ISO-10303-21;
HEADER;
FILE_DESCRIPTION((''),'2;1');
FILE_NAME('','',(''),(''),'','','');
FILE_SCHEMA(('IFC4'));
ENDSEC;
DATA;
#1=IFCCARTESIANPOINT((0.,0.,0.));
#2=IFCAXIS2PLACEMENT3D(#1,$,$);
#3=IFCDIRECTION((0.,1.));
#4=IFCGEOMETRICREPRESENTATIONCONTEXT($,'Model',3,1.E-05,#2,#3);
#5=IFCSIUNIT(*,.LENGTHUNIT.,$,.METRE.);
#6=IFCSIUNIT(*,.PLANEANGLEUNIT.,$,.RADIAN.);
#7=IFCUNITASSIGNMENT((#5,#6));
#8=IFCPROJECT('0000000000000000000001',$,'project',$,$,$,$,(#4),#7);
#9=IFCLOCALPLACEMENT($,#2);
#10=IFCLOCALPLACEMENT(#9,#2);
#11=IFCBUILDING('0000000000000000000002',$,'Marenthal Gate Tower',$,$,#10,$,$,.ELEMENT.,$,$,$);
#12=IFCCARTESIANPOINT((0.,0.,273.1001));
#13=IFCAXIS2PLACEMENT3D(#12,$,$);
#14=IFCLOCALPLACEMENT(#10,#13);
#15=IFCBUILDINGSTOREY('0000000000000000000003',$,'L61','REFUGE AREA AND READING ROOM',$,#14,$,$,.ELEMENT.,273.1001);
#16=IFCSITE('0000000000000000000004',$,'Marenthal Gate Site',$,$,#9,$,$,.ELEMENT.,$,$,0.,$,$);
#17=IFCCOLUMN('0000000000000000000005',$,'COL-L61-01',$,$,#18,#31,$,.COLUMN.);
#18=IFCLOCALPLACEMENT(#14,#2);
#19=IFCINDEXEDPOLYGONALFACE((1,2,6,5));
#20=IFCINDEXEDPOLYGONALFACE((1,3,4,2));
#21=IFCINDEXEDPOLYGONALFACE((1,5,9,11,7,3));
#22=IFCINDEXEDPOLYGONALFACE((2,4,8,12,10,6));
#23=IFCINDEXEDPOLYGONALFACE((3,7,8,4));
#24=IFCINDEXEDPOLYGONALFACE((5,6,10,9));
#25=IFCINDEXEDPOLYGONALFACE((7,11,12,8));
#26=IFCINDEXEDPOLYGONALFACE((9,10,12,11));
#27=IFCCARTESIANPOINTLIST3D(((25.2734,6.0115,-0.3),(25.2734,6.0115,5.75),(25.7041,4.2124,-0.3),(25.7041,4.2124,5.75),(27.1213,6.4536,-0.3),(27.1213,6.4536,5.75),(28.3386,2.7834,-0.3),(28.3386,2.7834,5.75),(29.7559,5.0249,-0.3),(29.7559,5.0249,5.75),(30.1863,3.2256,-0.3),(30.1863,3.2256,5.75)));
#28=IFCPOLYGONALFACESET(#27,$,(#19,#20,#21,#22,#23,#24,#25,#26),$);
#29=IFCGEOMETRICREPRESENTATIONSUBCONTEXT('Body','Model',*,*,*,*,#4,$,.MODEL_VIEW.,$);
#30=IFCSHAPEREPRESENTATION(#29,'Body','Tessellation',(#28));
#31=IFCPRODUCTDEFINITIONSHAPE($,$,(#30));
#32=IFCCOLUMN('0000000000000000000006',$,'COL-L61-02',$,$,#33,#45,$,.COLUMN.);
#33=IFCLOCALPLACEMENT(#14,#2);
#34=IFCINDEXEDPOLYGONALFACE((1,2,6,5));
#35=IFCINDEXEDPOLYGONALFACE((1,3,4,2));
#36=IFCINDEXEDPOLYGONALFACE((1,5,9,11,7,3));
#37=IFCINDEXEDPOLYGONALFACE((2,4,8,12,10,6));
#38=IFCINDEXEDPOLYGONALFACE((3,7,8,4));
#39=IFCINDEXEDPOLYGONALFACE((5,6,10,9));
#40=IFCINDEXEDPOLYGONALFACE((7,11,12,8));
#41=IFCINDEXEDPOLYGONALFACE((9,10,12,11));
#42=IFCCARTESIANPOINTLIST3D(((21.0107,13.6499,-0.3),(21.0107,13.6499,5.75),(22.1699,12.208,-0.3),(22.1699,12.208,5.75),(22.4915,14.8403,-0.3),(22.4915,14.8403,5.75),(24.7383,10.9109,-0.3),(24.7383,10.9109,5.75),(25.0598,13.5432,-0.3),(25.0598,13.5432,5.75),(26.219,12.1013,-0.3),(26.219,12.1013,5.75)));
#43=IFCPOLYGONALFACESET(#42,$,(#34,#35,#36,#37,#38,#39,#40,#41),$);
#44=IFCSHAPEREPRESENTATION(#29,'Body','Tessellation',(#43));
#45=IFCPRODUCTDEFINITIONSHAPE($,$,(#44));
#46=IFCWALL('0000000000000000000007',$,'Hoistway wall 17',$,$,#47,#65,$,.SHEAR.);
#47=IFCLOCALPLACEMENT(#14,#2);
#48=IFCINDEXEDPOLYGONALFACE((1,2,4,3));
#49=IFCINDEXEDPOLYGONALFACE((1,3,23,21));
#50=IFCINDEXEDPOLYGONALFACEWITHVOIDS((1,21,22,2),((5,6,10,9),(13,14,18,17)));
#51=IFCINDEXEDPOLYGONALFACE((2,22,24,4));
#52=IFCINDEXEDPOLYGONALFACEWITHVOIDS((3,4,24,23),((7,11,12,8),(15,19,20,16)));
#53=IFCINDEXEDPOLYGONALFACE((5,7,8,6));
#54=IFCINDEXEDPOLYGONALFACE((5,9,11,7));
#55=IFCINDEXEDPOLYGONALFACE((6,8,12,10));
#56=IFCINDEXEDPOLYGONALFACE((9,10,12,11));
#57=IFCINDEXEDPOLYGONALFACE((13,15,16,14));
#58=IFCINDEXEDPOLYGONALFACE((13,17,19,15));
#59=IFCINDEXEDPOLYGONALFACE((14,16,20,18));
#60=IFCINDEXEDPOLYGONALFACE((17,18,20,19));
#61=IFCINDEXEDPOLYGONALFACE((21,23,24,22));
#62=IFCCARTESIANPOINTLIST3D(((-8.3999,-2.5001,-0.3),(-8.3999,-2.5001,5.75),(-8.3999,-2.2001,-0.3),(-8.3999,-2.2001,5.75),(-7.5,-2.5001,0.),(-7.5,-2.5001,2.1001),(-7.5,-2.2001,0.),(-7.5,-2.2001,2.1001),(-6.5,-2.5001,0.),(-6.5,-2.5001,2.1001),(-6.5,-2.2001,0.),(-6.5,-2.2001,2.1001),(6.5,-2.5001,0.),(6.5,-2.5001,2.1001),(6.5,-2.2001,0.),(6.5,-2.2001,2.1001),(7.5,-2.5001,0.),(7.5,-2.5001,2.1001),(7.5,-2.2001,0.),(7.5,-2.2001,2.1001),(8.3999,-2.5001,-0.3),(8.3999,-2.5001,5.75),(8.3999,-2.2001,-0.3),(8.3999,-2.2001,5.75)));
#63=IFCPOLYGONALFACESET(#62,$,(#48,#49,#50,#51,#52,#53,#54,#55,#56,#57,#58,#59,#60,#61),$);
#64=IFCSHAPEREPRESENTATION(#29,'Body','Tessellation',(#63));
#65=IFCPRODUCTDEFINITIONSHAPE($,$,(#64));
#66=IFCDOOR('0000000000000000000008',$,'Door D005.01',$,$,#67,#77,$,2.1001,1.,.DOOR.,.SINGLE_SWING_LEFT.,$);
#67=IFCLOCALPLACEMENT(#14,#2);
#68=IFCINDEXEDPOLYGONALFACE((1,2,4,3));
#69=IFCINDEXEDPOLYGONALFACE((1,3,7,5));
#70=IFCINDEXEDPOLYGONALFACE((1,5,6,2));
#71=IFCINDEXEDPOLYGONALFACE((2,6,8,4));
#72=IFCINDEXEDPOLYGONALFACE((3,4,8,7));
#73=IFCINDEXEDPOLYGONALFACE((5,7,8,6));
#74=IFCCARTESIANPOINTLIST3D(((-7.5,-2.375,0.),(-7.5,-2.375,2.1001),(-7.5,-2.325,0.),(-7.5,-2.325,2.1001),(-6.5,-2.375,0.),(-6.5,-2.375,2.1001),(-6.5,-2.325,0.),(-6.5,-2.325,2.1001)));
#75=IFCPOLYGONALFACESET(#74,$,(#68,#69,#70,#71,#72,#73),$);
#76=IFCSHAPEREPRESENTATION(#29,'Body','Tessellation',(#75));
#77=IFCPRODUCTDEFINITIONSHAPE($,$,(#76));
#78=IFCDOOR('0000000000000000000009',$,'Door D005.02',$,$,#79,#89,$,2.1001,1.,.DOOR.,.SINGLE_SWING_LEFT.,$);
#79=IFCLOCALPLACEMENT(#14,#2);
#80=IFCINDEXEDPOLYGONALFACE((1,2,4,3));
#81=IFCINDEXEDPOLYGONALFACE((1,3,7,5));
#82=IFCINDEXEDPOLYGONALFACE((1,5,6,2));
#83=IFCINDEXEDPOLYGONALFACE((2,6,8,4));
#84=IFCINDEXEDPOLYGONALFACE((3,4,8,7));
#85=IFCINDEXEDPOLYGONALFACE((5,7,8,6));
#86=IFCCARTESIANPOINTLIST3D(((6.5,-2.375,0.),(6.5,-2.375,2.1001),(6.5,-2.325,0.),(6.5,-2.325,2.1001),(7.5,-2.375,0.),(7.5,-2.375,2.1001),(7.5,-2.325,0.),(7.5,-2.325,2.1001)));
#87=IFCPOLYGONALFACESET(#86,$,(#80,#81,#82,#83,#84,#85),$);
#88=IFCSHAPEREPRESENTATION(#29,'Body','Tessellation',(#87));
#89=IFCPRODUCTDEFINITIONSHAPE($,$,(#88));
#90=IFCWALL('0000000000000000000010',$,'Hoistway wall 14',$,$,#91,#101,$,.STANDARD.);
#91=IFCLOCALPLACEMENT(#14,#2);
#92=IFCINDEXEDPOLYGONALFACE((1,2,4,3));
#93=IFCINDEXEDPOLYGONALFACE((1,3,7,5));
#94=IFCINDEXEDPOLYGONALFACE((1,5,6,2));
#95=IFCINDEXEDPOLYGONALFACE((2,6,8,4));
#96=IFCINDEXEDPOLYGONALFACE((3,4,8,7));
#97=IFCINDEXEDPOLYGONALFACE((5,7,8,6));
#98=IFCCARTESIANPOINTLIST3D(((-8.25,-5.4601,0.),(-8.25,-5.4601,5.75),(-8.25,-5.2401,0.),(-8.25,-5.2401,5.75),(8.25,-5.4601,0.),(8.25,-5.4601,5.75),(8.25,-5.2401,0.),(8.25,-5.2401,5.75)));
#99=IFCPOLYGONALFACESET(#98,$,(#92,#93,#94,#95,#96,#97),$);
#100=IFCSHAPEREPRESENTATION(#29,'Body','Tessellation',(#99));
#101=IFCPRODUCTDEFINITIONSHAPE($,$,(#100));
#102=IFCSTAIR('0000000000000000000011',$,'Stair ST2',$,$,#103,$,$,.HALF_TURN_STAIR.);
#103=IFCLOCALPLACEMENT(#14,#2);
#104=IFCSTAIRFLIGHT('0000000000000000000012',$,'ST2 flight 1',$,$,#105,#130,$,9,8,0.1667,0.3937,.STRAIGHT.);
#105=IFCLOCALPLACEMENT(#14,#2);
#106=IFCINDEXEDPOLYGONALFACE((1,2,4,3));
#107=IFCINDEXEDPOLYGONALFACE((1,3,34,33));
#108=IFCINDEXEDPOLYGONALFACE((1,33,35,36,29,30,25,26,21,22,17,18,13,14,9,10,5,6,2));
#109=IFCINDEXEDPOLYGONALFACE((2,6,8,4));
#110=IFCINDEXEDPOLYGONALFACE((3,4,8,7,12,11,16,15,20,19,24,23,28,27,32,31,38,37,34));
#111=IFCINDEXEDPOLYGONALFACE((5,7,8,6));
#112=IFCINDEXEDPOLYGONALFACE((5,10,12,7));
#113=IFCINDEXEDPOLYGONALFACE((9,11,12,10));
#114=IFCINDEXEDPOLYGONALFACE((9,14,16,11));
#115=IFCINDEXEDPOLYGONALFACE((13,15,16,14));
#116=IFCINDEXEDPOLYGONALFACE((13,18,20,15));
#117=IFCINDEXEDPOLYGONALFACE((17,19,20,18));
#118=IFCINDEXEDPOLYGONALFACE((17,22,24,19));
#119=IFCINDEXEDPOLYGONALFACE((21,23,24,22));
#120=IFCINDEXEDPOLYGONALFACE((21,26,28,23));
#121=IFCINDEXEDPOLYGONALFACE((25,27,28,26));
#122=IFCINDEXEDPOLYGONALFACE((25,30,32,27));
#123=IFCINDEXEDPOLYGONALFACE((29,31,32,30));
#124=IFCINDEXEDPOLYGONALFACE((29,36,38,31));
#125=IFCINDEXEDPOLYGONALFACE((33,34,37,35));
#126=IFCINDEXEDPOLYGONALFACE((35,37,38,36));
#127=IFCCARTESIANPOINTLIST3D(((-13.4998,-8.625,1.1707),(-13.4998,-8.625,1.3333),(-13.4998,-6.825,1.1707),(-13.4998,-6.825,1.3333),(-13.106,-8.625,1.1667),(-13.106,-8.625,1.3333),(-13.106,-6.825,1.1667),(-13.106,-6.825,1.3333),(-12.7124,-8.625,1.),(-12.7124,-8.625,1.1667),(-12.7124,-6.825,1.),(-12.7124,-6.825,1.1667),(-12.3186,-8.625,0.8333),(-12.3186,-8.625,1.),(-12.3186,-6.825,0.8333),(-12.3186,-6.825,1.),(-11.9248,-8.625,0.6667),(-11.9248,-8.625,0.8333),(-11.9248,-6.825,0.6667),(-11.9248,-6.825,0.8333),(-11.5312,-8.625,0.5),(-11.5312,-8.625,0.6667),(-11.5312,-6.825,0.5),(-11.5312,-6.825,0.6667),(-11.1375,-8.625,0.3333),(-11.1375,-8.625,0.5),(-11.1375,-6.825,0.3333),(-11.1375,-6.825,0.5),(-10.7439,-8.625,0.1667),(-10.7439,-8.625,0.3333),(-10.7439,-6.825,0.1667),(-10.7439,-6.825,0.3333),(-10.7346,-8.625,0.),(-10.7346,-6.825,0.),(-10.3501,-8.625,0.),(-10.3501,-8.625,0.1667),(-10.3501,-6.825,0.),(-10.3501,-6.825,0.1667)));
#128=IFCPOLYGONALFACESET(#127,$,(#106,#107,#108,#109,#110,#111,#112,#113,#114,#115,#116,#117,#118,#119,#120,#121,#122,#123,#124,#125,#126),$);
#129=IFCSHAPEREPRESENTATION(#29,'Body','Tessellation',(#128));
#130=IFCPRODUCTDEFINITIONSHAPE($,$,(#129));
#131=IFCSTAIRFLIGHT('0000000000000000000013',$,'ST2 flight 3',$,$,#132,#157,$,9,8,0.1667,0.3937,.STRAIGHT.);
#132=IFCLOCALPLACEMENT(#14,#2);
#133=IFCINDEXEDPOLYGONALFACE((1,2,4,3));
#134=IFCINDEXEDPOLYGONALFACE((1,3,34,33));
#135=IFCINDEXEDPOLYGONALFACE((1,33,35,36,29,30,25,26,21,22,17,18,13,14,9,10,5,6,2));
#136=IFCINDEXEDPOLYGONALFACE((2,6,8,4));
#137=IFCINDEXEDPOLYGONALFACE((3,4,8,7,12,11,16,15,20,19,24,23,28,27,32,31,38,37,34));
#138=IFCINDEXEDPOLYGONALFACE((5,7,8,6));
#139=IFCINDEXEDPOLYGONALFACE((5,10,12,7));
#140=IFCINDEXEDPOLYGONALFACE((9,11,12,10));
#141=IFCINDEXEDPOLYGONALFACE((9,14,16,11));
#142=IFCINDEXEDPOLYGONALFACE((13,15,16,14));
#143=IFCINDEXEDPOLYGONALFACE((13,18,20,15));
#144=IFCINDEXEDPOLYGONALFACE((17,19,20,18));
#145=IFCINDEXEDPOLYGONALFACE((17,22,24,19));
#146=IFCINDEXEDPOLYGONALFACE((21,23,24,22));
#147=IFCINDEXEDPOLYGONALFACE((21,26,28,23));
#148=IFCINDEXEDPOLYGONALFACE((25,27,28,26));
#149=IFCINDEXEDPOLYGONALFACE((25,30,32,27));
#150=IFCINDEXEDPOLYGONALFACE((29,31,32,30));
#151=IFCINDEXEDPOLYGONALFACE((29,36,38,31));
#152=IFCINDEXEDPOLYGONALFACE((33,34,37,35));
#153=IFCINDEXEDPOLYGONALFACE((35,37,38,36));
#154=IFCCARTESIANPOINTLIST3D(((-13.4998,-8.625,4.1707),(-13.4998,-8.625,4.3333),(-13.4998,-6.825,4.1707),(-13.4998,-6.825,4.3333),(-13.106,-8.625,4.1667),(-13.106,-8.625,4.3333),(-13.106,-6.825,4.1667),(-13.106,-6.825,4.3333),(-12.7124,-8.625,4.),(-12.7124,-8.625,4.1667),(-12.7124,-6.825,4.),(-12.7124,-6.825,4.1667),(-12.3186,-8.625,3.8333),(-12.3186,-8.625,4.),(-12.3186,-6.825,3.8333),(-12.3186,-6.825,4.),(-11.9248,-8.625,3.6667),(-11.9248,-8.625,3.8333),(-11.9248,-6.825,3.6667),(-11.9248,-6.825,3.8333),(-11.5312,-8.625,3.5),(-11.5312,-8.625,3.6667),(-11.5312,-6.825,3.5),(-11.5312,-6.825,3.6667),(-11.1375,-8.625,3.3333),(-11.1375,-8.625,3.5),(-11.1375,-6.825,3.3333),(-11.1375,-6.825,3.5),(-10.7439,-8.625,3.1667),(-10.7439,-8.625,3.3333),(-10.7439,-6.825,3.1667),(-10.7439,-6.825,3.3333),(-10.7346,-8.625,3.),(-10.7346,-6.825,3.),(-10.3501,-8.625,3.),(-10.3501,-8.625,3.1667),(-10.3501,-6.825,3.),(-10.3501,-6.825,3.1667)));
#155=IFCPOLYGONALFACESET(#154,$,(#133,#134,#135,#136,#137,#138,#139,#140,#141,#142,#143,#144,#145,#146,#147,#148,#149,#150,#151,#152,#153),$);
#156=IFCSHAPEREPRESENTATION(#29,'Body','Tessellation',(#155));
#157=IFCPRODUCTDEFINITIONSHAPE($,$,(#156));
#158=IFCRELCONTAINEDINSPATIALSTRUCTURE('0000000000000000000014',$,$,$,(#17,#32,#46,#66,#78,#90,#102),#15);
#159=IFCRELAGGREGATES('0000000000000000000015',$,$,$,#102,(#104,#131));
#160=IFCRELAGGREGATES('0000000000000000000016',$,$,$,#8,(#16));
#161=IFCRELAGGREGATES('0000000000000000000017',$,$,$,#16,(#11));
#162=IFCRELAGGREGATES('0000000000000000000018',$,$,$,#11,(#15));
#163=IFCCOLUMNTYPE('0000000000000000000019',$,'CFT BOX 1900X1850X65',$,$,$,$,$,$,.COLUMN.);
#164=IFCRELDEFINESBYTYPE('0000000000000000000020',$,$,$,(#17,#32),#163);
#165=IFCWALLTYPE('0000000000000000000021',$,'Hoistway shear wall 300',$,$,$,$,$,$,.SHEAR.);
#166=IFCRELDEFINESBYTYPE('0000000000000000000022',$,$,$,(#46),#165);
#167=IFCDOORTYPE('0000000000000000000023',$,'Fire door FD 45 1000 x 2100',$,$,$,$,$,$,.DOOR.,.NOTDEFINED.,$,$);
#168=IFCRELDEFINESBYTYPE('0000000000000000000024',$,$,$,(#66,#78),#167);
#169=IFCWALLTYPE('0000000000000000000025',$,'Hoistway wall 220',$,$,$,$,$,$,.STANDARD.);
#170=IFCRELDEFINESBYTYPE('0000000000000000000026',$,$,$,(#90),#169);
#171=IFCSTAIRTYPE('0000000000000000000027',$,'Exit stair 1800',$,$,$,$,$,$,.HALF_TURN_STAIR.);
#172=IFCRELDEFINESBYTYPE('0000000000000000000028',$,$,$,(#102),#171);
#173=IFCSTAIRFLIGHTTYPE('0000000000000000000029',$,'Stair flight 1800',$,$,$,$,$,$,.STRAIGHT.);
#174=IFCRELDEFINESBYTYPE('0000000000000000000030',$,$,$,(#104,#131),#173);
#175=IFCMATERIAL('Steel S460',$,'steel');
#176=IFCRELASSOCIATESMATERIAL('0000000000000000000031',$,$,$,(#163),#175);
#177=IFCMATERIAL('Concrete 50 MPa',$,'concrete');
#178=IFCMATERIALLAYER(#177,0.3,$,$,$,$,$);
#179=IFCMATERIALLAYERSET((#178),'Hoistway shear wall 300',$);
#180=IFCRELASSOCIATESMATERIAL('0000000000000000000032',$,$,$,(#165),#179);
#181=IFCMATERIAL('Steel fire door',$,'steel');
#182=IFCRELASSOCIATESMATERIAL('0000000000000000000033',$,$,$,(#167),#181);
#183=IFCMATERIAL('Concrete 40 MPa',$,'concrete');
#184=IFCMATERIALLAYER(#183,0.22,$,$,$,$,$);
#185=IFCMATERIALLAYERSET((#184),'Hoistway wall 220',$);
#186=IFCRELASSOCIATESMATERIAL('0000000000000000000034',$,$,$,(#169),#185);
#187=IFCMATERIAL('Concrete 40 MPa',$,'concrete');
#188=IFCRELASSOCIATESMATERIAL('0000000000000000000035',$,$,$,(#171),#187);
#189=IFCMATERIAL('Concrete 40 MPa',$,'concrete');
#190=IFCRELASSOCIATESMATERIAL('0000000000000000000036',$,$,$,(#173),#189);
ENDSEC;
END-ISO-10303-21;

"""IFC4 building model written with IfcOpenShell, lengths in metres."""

from ifc_helpers import new_model, si_unit, direction, frame, frame_2d, origin, origin_2d, place, context, subcontext, project, spatial, polyline, rectangle, hollow_rectangle, outline, extrude, material, layer, layer_set, material_profile, profile_set, type_object, element, fill, aggregate, save


model = new_model("IFC4")

# Units and contexts
model_context = context("Model", 3, precision=1e-05, world=origin(), true_north=direction((0.0, 1.0)))
body_context = subcontext(model_context, "Body", "Model", "MODEL_VIEW")
ifc_project = project(units=[si_unit("LENGTHUNIT", "METRE"), si_unit("PLANEANGLEUNIT", "RADIAN")], contexts=[model_context])

# Site, building, storey
site_placement = place(None, origin())
site = spatial("IfcSite", under=ifc_project, at=site_placement, Name="Marenthal Gate Site", CompositionType="ELEMENT", RefElevation=0.0)
building_placement = place(site_placement, origin())
building = spatial("IfcBuilding", under=site, at=building_placement, Name="Marenthal Gate Tower", CompositionType="ELEMENT")
storey_placement = place(building_placement, frame((0.0, 0.0, 273.1001)))
storey = spatial("IfcBuildingStorey", under=building, at=storey_placement, Name="L61", Description="REFUGE AREA AND READING ROOM", CompositionType="ELEMENT", Elevation=273.1001)

# Columns
ifc_material_1 = material(Name="Steel S460", Category="steel")
ifc_material_profile_1 = material_profile(ifc_material_1, hollow_rectangle(XDim=1.8501, YDim=1.8999, WallThickness=0.0649, at=origin_2d()), Name="CFT BOX 1900X1850X65")
ifc_material_2 = material(Name="Concrete 70 MPa", Category="concrete")
ifc_material_profile_2 = material_profile(ifc_material_2, rectangle(XDim=1.72, YDim=1.77, at=origin_2d()), Name="CFT BOX 1900X1850X65 INFILL")
ifc_profile_set = profile_set([ifc_material_profile_1, ifc_material_profile_2], Name="Steel S460 shell, Concrete 70 MPa infill")
column_type = type_object("IfcColumnType", Name="CFT BOX 1900X1850X65", PredefinedType="COLUMN", material=ifc_profile_set)
column_1_placement = place(storey_placement, frame((0.0, 0.0, -0.3)))
element("IfcColumn", 1, at=column_1_placement, inside=storey, type_object=column_type, Name="COL-L61-01", PredefinedType="COLUMN", context=body_context, shape_type="SweptSolid", body=[
    extrude(outline(polyline([(28.3386, 2.7834), (25.7041, 4.2124), (25.2734, 6.0115), (27.1213, 6.4536), (29.7559, 5.0249), (30.1863, 3.2256), (28.3386, 2.7834)])), origin(), (0.0, 0.0, 1.0), 6.05),
])
column_2_placement = place(storey_placement, frame((0.0, 0.0, -0.3)))
element("IfcColumn", 2, at=column_2_placement, inside=storey, type_object=column_type, Name="COL-L61-02", PredefinedType="COLUMN", context=body_context, shape_type="SweptSolid", body=[
    extrude(outline(polyline([(24.7383, 10.9109), (22.1699, 12.208), (21.0107, 13.6499), (22.4915, 14.8403), (25.0598, 13.5432), (26.219, 12.1013), (24.7383, 10.9109)])), origin(), (0.0, 0.0, 1.0), 6.05),
])

# Wall, openings, doors
ifc_material_3 = material(Name="Concrete 50 MPa", Category="concrete")
ifc_layer_1 = layer(ifc_material_3, 0.3)
ifc_layer_set_1 = layer_set([ifc_layer_1], Name="Hoistway shear wall 300")
wall_type_1 = type_object("IfcWallType", Name="Hoistway shear wall 300", PredefinedType="SHEAR", material=ifc_layer_set_1)
wall_1_placement = place(storey_placement, frame((-8.3999, -2.3501, -0.3), z_axis=(0.0, 0.0, 1.0), x_axis=(1.0, 0.0, 0.0)))
wall_1 = element("IfcWall", 3, at=wall_1_placement, inside=storey, type_object=wall_type_1, Name="Hoistway wall 17", PredefinedType="SHEAR", context=body_context, shape_type="SweptSolid", body=[
    extrude(rectangle(XDim=16.7998, YDim=0.3, at=frame_2d((8.3999, 0.0))), origin(), (0.0, 0.0, 1.0), 6.05),
])
opening_1_placement = place(wall_1_placement, frame((0.8999, 0.0, 0.3)))
opening_1 = element("IfcOpeningElement", 4, at=opening_1_placement, cuts=wall_1, PredefinedType="OPENING", context=body_context, shape_type="SweptSolid", body=[
    extrude(rectangle(XDim=1.0, YDim=2.1001, at=frame_2d((0.5, 1.05))), frame((0.0, 0.1602, 0.0), z_axis=(0.0, -1.0, 0.0), x_axis=(1.0, 0.0, 0.0)), (0.0, 0.0, 1.0), 0.3201),
])
opening_2_placement = place(wall_1_placement, frame((14.8999, 0.0, 0.3)))
opening_2 = element("IfcOpeningElement", 5, at=opening_2_placement, cuts=wall_1, PredefinedType="OPENING", context=body_context, shape_type="SweptSolid", body=[
    extrude(rectangle(XDim=1.0, YDim=2.1001, at=frame_2d((0.5, 1.05))), frame((0.0, 0.1602, 0.0), z_axis=(0.0, -1.0, 0.0), x_axis=(1.0, 0.0, 0.0)), (0.0, 0.0, 1.0), 0.3201),
])
ifc_material_4 = material(Name="Steel fire door", Category="steel")
door_type = type_object("IfcDoorType", Name="Fire door FD 45 1000 x 2100", OperationType="NOTDEFINED", PredefinedType="DOOR", material=ifc_material_4)
door_1_placement = place(opening_1_placement, frame((1.0, 0.0, 0.0), z_axis=(0.0, 0.0, 1.0), x_axis=(-1.0, 0.0, 0.0)))
door_1 = element("IfcDoor", 6, at=door_1_placement, inside=storey, type_object=door_type, Name="Door D005.01", OperationType="SINGLE_SWING_LEFT", OverallHeight=2.1001, OverallWidth=1.0, PredefinedType="DOOR", context=body_context, shape_type="SweptSolid", body=[
    extrude(rectangle(XDim=1.0, YDim=2.1001, at=frame_2d((0.5, 1.05))), frame((0.0, 0.0249, 0.0), z_axis=(0.0, -1.0, 0.0), x_axis=(1.0, 0.0, 0.0)), (0.0, 0.0, 1.0), 0.05),
])
fill(opening_1, door_1)
door_2_placement = place(opening_2_placement, frame((1.0, 0.0, 0.0), z_axis=(0.0, 0.0, 1.0), x_axis=(-1.0, 0.0, 0.0)))
door_2 = element("IfcDoor", 7, at=door_2_placement, inside=storey, type_object=door_type, Name="Door D005.02", OperationType="SINGLE_SWING_LEFT", OverallHeight=2.1001, OverallWidth=1.0, PredefinedType="DOOR", context=body_context, shape_type="SweptSolid", body=[
    extrude(rectangle(XDim=1.0, YDim=2.1001, at=frame_2d((0.5, 1.05))), frame((0.0, 0.0249, 0.0), z_axis=(0.0, -1.0, 0.0), x_axis=(1.0, 0.0, 0.0)), (0.0, 0.0, 1.0), 0.05),
])
fill(opening_2, door_2)

# Wall
ifc_material_5 = material(Name="Concrete 40 MPa", Category="concrete")
ifc_layer_2 = layer(ifc_material_5, 0.22)
ifc_layer_set_2 = layer_set([ifc_layer_2], Name="Hoistway wall 220")
wall_type_2 = type_object("IfcWallType", Name="Hoistway wall 220", PredefinedType="STANDARD", material=ifc_layer_set_2)
wall_2_placement = place(storey_placement, frame((-8.25, -5.3501, 0.0), z_axis=(0.0, 0.0, 1.0), x_axis=(1.0, 0.0, 0.0)))
element("IfcWall", 8, at=wall_2_placement, inside=storey, type_object=wall_type_2, Name="Hoistway wall 14", PredefinedType="STANDARD", context=body_context, shape_type="SweptSolid", body=[
    extrude(rectangle(XDim=16.5, YDim=0.22, at=frame_2d((8.25, 0.0))), origin(), (0.0, 0.0, 1.0), 5.75),
])

# Stair, stair flights
ifc_material_6 = material(Name="Concrete 40 MPa", Category="concrete")
stair_type = type_object("IfcStairType", Name="Exit stair 1800", PredefinedType="HALF_TURN_STAIR", material=ifc_material_6)
stair_placement = place(storey_placement, origin())
stair = element("IfcStair", 9, at=stair_placement, inside=storey, type_object=stair_type, Name="Stair ST2", PredefinedType="HALF_TURN_STAIR")
ifc_material_7 = material(Name="Concrete 40 MPa", Category="concrete")
stair_flight_type = type_object("IfcStairFlightType", Name="Stair flight 1800", PredefinedType="STRAIGHT", material=ifc_material_7)
stair_flight_1_placement = place(storey_placement, frame((-10.3501, -7.7251, 0.0), z_axis=(0.0, 0.0, 1.0), x_axis=(-1.0, 0.0, 0.0)))
stair_flight_1 = element("IfcStairFlight", 10, at=stair_flight_1_placement, type_object=stair_flight_type, Name="ST2 flight 1", NumberOfRisers=9, NumberOfTreads=8, PredefinedType="STRAIGHT", RiserHeight=0.1667, TreadLength=0.3937, context=body_context, shape_type="SweptSolid", body=[
    extrude(outline(polyline([(0.0, 0.0), (0.0, 0.1667), (0.3938, 0.1667), (0.3938, 0.3333), (0.7874, 0.3333), (0.7874, 0.5), (1.1812, 0.5), (1.1812, 0.6667), (1.5747, 0.6667), (1.5747, 0.8333), (1.9685, 0.8333), (1.9685, 1.0), (2.3623, 1.0), (2.3623, 1.1667), (2.7559, 1.1667), (2.7559, 1.3333), (3.1497, 1.3333), (3.1497, 1.5), (3.1497, 1.1707), (0.3845, 0.0), (0.0, 0.0)])), frame((0.0, 0.8999, 0.0), z_axis=(0.0, -1.0, 0.0), x_axis=(1.0, 0.0, 0.0)), (0.0, 0.0, 1.0), 1.8),
])
stair_flight_2_placement = place(storey_placement, frame((-10.3501, -7.7251, 3.0), z_axis=(0.0, 0.0, 1.0), x_axis=(-1.0, 0.0, 0.0)))
stair_flight_2 = element("IfcStairFlight", 11, at=stair_flight_2_placement, type_object=stair_flight_type, Name="ST2 flight 3", NumberOfRisers=9, NumberOfTreads=8, PredefinedType="STRAIGHT", RiserHeight=0.1667, TreadLength=0.3937, context=body_context, shape_type="SweptSolid", body=[
    extrude(outline(polyline([(0.0, 0.0), (0.0, 0.1667), (0.3938, 0.1667), (0.3938, 0.3333), (0.7874, 0.3333), (0.7874, 0.5), (1.1812, 0.5), (1.1812, 0.6667), (1.5747, 0.6667), (1.5747, 0.8333), (1.9685, 0.8333), (1.9685, 1.0), (2.3623, 1.0), (2.3623, 1.1667), (2.7559, 1.1667), (2.7559, 1.3333), (3.1497, 1.3333), (3.1497, 1.5), (3.1497, 1.1707), (0.3845, 0.0), (0.0, 0.0)])), frame((0.0, 0.8999, 0.0), z_axis=(0.0, -1.0, 0.0), x_axis=(1.0, 0.0, 0.0)), (0.0, 0.0, 1.0), 1.8),
])
aggregate(stair, [stair_flight_1, stair_flight_2])

save(model, "model.ifc")
